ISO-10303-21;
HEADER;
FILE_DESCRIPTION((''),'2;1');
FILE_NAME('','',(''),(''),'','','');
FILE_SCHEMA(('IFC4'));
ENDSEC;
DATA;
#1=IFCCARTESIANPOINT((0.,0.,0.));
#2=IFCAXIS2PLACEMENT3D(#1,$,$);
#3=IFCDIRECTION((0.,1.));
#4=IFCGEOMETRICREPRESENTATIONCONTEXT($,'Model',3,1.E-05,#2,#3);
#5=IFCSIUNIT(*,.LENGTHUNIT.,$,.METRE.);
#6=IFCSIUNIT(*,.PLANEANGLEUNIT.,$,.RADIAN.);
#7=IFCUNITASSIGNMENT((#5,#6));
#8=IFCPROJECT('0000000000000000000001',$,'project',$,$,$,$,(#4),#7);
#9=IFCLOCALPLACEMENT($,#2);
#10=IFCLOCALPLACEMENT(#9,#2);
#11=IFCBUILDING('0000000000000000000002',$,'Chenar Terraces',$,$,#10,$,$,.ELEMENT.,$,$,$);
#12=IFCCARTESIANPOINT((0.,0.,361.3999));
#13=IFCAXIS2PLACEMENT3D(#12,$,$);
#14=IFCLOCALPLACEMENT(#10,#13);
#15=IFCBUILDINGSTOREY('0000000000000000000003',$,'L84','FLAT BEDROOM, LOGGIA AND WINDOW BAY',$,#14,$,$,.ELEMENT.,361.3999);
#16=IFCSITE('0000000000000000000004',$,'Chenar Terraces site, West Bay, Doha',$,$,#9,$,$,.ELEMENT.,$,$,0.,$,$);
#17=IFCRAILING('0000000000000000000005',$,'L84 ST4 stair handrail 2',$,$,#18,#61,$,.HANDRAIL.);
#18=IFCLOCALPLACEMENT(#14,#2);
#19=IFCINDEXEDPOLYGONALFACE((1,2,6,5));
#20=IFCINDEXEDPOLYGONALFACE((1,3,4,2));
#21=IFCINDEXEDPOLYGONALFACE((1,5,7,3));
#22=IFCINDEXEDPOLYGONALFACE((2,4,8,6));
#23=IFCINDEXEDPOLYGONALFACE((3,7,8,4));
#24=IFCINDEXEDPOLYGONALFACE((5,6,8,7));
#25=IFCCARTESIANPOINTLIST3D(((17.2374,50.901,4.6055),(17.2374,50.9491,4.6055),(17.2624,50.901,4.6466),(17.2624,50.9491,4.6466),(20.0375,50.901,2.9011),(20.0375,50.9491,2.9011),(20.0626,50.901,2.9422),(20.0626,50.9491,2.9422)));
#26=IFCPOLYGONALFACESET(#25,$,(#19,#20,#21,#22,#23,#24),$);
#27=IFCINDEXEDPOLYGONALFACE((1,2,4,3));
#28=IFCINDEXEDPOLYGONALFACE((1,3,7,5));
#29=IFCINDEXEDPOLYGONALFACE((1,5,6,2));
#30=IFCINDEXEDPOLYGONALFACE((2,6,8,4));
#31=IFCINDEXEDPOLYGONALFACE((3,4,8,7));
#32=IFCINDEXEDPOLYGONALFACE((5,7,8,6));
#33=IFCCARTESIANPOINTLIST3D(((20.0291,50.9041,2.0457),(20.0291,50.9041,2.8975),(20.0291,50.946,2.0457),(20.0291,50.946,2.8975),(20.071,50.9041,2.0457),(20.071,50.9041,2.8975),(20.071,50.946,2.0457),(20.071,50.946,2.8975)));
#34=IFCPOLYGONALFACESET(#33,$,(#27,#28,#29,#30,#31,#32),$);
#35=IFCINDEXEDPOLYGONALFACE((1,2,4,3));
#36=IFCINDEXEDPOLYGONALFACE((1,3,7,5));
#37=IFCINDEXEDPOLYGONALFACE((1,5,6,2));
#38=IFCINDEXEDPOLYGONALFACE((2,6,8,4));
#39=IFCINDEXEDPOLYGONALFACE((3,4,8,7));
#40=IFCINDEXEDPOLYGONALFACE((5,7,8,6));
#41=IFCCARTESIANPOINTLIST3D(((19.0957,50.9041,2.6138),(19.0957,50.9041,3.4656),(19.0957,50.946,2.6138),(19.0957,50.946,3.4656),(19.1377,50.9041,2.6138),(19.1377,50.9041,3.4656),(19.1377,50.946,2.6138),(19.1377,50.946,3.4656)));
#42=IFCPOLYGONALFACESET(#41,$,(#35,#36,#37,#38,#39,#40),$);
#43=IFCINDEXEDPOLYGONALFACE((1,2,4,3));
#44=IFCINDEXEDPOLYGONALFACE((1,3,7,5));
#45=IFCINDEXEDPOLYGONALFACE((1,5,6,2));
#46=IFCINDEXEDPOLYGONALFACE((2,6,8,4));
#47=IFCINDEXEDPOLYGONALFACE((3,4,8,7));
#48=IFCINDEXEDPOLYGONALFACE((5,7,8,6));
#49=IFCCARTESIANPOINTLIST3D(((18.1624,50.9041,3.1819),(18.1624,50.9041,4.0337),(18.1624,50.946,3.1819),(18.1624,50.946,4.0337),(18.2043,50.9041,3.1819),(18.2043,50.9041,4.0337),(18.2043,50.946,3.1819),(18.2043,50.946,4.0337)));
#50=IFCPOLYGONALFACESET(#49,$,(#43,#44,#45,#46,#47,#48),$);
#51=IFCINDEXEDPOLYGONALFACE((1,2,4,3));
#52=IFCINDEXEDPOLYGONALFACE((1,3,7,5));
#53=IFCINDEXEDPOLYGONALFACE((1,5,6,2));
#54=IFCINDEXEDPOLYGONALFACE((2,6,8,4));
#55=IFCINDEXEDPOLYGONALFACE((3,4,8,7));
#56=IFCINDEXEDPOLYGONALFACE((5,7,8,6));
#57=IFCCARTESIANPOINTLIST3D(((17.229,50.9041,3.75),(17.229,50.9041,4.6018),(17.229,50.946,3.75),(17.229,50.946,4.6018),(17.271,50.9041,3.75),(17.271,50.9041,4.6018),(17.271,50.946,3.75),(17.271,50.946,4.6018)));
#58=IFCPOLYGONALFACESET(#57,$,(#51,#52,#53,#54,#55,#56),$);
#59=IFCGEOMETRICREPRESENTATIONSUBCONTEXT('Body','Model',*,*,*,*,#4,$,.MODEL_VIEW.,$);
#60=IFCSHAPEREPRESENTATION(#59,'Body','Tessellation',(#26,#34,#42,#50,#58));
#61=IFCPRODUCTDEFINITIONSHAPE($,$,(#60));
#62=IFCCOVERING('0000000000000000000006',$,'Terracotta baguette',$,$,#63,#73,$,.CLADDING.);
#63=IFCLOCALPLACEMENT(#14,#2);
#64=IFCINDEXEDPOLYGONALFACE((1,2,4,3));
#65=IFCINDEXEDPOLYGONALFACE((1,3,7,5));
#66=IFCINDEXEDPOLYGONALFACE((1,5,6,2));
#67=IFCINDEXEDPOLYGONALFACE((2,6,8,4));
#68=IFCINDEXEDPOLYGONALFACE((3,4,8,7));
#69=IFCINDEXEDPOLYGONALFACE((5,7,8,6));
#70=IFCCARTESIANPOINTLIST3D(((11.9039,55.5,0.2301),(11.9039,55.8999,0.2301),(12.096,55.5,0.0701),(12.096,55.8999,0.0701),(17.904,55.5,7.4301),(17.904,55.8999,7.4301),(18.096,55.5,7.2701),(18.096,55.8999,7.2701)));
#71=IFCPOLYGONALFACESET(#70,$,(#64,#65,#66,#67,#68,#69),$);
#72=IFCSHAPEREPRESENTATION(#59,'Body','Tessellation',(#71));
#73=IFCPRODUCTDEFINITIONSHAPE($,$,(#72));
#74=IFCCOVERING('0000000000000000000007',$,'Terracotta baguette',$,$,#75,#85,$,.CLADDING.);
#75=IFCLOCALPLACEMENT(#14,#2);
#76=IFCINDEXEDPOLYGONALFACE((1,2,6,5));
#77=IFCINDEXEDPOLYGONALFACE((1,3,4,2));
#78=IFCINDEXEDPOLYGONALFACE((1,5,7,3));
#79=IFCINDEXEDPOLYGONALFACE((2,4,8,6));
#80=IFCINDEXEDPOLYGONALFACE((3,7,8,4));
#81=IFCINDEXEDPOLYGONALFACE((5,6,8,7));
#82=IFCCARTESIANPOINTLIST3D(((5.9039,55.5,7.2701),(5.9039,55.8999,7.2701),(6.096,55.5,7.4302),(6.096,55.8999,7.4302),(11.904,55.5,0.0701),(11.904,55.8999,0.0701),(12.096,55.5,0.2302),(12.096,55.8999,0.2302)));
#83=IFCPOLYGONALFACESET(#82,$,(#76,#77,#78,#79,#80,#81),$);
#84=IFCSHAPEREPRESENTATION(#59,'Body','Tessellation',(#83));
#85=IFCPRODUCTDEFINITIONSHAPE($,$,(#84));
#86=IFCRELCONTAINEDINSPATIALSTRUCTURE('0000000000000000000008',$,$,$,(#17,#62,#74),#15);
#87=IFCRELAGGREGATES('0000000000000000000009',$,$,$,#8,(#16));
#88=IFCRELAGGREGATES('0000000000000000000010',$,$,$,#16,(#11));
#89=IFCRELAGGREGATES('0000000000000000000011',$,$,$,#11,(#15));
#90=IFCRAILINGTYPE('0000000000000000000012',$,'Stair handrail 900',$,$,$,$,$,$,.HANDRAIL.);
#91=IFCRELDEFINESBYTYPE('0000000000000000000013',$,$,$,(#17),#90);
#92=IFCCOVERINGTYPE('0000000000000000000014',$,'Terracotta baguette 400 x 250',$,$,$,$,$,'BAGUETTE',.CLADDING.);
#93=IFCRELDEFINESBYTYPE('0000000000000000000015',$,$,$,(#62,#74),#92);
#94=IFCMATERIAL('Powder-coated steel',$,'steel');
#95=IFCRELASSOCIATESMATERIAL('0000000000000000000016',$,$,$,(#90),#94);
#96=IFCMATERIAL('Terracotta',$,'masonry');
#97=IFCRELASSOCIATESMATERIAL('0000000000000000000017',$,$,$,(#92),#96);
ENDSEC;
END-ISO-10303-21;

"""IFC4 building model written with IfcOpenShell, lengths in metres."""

from ifc_helpers import new_model, si_unit, direction, frame, origin, origin_2d, place, context, subcontext, project, spatial, rectangle, extrude, material, material_profile, profile_set, type_object, element, save


model = new_model("IFC4")

# Units and contexts
model_context = context("Model", 3, precision=1e-05, world=origin(), true_north=direction((0.0, 1.0)))
body_context = subcontext(model_context, "Body", "Model", "MODEL_VIEW")
ifc_project = project(units=[si_unit("LENGTHUNIT", "METRE"), si_unit("PLANEANGLEUNIT", "RADIAN")], contexts=[model_context])

# Site, building, storey
site_placement = place(None, origin())
site = spatial("IfcSite", under=ifc_project, at=site_placement, Name="Chenar Terraces site, West Bay, Doha", CompositionType="ELEMENT", RefElevation=0.0)
building_placement = place(site_placement, origin())
building = spatial("IfcBuilding", under=site, at=building_placement, Name="Chenar Terraces", CompositionType="ELEMENT")
storey_placement = place(building_placement, frame((0.0, 0.0, 361.3999)))
storey = spatial("IfcBuildingStorey", under=building, at=storey_placement, Name="L84", Description="FLAT BEDROOM, LOGGIA AND WINDOW BAY", CompositionType="ELEMENT", Elevation=361.3999)

# Railing
ifc_material_1 = material(Name="Powder-coated steel", Category="steel")
railing_type_1 = type_object("IfcRailingType", Name="Stair handrail 900", PredefinedType="HANDRAIL", material=ifc_material_1)
railing_1_placement = place(storey_placement, frame((20.05, 50.925, 2.0457)))
element("IfcRailing", 1, at=railing_1_placement, inside=storey, type_object=railing_type_1, Name="L84 ST4 stair handrail 2", PredefinedType="HANDRAIL", context=body_context, shape_type="SweptSolid", body=[
    extrude(rectangle(XDim=0.0481, YDim=0.0481, at=origin_2d()), frame((0.0, 0.0, 0.876), z_axis=(-0.854203, 0.0, 0.51994), x_axis=(0.0, -1.0, 0.0)), (0.0, 0.0, 1.0), 3.2781),
    extrude(rectangle(XDim=0.042, YDim=0.042, at=origin_2d()), origin(), (0.0, 0.0, 1.0), 0.8518),
    extrude(rectangle(XDim=0.042, YDim=0.042, at=origin_2d()), frame((-0.9333, 0.0, 0.5681)), (0.0, 0.0, 1.0), 0.8518),
    extrude(rectangle(XDim=0.042, YDim=0.042, at=origin_2d()), frame((-1.8667, 0.0, 1.1362)), (0.0, 0.0, 1.0), 0.8518),
    extrude(rectangle(XDim=0.042, YDim=0.042, at=origin_2d()), frame((-2.8, 0.0, 1.7043)), (0.0, 0.0, 1.0), 0.8518),
])

# Coverings
ifc_material_2 = material(Name="Terracotta", Category="masonry")
ifc_material_profile = material_profile(ifc_material_2, rectangle(XDim=0.3999, YDim=0.25, at=origin_2d()), Name="Terracotta baguette 400 x 250")
ifc_profile_set = profile_set([ifc_material_profile], Name="Terracotta")
covering_type = type_object("IfcCoveringType", Name="Terracotta baguette 400 x 250", ElementType="BAGUETTE", PredefinedType="CLADDING", material=ifc_profile_set)
for number, where, z_axis, x_axis, name in (
    (2, (18.0, 55.7, 7.3501), (-0.640187, 0.0, -0.768219), (0.0, -1.0, 0.0), "Terracotta baguette"),
    (3, (12.0, 55.7, 0.1501), (-0.640187, 0.0, 0.768219), (0.0, -1.0, 0.0), "Terracotta baguette"),
):
    element("IfcCovering", number, at=place(storey_placement, frame(where, z_axis=z_axis, x_axis=x_axis)), inside=storey, type_object=covering_type, Name=name, PredefinedType="CLADDING", context=body_context, shape_type="SweptSolid", body=[
        extrude(rectangle(XDim=0.3999, YDim=0.25, at=origin_2d()), origin(), (0.0, 0.0, 1.0), 9.3723),
    ])

save(model, "model.ifc")
